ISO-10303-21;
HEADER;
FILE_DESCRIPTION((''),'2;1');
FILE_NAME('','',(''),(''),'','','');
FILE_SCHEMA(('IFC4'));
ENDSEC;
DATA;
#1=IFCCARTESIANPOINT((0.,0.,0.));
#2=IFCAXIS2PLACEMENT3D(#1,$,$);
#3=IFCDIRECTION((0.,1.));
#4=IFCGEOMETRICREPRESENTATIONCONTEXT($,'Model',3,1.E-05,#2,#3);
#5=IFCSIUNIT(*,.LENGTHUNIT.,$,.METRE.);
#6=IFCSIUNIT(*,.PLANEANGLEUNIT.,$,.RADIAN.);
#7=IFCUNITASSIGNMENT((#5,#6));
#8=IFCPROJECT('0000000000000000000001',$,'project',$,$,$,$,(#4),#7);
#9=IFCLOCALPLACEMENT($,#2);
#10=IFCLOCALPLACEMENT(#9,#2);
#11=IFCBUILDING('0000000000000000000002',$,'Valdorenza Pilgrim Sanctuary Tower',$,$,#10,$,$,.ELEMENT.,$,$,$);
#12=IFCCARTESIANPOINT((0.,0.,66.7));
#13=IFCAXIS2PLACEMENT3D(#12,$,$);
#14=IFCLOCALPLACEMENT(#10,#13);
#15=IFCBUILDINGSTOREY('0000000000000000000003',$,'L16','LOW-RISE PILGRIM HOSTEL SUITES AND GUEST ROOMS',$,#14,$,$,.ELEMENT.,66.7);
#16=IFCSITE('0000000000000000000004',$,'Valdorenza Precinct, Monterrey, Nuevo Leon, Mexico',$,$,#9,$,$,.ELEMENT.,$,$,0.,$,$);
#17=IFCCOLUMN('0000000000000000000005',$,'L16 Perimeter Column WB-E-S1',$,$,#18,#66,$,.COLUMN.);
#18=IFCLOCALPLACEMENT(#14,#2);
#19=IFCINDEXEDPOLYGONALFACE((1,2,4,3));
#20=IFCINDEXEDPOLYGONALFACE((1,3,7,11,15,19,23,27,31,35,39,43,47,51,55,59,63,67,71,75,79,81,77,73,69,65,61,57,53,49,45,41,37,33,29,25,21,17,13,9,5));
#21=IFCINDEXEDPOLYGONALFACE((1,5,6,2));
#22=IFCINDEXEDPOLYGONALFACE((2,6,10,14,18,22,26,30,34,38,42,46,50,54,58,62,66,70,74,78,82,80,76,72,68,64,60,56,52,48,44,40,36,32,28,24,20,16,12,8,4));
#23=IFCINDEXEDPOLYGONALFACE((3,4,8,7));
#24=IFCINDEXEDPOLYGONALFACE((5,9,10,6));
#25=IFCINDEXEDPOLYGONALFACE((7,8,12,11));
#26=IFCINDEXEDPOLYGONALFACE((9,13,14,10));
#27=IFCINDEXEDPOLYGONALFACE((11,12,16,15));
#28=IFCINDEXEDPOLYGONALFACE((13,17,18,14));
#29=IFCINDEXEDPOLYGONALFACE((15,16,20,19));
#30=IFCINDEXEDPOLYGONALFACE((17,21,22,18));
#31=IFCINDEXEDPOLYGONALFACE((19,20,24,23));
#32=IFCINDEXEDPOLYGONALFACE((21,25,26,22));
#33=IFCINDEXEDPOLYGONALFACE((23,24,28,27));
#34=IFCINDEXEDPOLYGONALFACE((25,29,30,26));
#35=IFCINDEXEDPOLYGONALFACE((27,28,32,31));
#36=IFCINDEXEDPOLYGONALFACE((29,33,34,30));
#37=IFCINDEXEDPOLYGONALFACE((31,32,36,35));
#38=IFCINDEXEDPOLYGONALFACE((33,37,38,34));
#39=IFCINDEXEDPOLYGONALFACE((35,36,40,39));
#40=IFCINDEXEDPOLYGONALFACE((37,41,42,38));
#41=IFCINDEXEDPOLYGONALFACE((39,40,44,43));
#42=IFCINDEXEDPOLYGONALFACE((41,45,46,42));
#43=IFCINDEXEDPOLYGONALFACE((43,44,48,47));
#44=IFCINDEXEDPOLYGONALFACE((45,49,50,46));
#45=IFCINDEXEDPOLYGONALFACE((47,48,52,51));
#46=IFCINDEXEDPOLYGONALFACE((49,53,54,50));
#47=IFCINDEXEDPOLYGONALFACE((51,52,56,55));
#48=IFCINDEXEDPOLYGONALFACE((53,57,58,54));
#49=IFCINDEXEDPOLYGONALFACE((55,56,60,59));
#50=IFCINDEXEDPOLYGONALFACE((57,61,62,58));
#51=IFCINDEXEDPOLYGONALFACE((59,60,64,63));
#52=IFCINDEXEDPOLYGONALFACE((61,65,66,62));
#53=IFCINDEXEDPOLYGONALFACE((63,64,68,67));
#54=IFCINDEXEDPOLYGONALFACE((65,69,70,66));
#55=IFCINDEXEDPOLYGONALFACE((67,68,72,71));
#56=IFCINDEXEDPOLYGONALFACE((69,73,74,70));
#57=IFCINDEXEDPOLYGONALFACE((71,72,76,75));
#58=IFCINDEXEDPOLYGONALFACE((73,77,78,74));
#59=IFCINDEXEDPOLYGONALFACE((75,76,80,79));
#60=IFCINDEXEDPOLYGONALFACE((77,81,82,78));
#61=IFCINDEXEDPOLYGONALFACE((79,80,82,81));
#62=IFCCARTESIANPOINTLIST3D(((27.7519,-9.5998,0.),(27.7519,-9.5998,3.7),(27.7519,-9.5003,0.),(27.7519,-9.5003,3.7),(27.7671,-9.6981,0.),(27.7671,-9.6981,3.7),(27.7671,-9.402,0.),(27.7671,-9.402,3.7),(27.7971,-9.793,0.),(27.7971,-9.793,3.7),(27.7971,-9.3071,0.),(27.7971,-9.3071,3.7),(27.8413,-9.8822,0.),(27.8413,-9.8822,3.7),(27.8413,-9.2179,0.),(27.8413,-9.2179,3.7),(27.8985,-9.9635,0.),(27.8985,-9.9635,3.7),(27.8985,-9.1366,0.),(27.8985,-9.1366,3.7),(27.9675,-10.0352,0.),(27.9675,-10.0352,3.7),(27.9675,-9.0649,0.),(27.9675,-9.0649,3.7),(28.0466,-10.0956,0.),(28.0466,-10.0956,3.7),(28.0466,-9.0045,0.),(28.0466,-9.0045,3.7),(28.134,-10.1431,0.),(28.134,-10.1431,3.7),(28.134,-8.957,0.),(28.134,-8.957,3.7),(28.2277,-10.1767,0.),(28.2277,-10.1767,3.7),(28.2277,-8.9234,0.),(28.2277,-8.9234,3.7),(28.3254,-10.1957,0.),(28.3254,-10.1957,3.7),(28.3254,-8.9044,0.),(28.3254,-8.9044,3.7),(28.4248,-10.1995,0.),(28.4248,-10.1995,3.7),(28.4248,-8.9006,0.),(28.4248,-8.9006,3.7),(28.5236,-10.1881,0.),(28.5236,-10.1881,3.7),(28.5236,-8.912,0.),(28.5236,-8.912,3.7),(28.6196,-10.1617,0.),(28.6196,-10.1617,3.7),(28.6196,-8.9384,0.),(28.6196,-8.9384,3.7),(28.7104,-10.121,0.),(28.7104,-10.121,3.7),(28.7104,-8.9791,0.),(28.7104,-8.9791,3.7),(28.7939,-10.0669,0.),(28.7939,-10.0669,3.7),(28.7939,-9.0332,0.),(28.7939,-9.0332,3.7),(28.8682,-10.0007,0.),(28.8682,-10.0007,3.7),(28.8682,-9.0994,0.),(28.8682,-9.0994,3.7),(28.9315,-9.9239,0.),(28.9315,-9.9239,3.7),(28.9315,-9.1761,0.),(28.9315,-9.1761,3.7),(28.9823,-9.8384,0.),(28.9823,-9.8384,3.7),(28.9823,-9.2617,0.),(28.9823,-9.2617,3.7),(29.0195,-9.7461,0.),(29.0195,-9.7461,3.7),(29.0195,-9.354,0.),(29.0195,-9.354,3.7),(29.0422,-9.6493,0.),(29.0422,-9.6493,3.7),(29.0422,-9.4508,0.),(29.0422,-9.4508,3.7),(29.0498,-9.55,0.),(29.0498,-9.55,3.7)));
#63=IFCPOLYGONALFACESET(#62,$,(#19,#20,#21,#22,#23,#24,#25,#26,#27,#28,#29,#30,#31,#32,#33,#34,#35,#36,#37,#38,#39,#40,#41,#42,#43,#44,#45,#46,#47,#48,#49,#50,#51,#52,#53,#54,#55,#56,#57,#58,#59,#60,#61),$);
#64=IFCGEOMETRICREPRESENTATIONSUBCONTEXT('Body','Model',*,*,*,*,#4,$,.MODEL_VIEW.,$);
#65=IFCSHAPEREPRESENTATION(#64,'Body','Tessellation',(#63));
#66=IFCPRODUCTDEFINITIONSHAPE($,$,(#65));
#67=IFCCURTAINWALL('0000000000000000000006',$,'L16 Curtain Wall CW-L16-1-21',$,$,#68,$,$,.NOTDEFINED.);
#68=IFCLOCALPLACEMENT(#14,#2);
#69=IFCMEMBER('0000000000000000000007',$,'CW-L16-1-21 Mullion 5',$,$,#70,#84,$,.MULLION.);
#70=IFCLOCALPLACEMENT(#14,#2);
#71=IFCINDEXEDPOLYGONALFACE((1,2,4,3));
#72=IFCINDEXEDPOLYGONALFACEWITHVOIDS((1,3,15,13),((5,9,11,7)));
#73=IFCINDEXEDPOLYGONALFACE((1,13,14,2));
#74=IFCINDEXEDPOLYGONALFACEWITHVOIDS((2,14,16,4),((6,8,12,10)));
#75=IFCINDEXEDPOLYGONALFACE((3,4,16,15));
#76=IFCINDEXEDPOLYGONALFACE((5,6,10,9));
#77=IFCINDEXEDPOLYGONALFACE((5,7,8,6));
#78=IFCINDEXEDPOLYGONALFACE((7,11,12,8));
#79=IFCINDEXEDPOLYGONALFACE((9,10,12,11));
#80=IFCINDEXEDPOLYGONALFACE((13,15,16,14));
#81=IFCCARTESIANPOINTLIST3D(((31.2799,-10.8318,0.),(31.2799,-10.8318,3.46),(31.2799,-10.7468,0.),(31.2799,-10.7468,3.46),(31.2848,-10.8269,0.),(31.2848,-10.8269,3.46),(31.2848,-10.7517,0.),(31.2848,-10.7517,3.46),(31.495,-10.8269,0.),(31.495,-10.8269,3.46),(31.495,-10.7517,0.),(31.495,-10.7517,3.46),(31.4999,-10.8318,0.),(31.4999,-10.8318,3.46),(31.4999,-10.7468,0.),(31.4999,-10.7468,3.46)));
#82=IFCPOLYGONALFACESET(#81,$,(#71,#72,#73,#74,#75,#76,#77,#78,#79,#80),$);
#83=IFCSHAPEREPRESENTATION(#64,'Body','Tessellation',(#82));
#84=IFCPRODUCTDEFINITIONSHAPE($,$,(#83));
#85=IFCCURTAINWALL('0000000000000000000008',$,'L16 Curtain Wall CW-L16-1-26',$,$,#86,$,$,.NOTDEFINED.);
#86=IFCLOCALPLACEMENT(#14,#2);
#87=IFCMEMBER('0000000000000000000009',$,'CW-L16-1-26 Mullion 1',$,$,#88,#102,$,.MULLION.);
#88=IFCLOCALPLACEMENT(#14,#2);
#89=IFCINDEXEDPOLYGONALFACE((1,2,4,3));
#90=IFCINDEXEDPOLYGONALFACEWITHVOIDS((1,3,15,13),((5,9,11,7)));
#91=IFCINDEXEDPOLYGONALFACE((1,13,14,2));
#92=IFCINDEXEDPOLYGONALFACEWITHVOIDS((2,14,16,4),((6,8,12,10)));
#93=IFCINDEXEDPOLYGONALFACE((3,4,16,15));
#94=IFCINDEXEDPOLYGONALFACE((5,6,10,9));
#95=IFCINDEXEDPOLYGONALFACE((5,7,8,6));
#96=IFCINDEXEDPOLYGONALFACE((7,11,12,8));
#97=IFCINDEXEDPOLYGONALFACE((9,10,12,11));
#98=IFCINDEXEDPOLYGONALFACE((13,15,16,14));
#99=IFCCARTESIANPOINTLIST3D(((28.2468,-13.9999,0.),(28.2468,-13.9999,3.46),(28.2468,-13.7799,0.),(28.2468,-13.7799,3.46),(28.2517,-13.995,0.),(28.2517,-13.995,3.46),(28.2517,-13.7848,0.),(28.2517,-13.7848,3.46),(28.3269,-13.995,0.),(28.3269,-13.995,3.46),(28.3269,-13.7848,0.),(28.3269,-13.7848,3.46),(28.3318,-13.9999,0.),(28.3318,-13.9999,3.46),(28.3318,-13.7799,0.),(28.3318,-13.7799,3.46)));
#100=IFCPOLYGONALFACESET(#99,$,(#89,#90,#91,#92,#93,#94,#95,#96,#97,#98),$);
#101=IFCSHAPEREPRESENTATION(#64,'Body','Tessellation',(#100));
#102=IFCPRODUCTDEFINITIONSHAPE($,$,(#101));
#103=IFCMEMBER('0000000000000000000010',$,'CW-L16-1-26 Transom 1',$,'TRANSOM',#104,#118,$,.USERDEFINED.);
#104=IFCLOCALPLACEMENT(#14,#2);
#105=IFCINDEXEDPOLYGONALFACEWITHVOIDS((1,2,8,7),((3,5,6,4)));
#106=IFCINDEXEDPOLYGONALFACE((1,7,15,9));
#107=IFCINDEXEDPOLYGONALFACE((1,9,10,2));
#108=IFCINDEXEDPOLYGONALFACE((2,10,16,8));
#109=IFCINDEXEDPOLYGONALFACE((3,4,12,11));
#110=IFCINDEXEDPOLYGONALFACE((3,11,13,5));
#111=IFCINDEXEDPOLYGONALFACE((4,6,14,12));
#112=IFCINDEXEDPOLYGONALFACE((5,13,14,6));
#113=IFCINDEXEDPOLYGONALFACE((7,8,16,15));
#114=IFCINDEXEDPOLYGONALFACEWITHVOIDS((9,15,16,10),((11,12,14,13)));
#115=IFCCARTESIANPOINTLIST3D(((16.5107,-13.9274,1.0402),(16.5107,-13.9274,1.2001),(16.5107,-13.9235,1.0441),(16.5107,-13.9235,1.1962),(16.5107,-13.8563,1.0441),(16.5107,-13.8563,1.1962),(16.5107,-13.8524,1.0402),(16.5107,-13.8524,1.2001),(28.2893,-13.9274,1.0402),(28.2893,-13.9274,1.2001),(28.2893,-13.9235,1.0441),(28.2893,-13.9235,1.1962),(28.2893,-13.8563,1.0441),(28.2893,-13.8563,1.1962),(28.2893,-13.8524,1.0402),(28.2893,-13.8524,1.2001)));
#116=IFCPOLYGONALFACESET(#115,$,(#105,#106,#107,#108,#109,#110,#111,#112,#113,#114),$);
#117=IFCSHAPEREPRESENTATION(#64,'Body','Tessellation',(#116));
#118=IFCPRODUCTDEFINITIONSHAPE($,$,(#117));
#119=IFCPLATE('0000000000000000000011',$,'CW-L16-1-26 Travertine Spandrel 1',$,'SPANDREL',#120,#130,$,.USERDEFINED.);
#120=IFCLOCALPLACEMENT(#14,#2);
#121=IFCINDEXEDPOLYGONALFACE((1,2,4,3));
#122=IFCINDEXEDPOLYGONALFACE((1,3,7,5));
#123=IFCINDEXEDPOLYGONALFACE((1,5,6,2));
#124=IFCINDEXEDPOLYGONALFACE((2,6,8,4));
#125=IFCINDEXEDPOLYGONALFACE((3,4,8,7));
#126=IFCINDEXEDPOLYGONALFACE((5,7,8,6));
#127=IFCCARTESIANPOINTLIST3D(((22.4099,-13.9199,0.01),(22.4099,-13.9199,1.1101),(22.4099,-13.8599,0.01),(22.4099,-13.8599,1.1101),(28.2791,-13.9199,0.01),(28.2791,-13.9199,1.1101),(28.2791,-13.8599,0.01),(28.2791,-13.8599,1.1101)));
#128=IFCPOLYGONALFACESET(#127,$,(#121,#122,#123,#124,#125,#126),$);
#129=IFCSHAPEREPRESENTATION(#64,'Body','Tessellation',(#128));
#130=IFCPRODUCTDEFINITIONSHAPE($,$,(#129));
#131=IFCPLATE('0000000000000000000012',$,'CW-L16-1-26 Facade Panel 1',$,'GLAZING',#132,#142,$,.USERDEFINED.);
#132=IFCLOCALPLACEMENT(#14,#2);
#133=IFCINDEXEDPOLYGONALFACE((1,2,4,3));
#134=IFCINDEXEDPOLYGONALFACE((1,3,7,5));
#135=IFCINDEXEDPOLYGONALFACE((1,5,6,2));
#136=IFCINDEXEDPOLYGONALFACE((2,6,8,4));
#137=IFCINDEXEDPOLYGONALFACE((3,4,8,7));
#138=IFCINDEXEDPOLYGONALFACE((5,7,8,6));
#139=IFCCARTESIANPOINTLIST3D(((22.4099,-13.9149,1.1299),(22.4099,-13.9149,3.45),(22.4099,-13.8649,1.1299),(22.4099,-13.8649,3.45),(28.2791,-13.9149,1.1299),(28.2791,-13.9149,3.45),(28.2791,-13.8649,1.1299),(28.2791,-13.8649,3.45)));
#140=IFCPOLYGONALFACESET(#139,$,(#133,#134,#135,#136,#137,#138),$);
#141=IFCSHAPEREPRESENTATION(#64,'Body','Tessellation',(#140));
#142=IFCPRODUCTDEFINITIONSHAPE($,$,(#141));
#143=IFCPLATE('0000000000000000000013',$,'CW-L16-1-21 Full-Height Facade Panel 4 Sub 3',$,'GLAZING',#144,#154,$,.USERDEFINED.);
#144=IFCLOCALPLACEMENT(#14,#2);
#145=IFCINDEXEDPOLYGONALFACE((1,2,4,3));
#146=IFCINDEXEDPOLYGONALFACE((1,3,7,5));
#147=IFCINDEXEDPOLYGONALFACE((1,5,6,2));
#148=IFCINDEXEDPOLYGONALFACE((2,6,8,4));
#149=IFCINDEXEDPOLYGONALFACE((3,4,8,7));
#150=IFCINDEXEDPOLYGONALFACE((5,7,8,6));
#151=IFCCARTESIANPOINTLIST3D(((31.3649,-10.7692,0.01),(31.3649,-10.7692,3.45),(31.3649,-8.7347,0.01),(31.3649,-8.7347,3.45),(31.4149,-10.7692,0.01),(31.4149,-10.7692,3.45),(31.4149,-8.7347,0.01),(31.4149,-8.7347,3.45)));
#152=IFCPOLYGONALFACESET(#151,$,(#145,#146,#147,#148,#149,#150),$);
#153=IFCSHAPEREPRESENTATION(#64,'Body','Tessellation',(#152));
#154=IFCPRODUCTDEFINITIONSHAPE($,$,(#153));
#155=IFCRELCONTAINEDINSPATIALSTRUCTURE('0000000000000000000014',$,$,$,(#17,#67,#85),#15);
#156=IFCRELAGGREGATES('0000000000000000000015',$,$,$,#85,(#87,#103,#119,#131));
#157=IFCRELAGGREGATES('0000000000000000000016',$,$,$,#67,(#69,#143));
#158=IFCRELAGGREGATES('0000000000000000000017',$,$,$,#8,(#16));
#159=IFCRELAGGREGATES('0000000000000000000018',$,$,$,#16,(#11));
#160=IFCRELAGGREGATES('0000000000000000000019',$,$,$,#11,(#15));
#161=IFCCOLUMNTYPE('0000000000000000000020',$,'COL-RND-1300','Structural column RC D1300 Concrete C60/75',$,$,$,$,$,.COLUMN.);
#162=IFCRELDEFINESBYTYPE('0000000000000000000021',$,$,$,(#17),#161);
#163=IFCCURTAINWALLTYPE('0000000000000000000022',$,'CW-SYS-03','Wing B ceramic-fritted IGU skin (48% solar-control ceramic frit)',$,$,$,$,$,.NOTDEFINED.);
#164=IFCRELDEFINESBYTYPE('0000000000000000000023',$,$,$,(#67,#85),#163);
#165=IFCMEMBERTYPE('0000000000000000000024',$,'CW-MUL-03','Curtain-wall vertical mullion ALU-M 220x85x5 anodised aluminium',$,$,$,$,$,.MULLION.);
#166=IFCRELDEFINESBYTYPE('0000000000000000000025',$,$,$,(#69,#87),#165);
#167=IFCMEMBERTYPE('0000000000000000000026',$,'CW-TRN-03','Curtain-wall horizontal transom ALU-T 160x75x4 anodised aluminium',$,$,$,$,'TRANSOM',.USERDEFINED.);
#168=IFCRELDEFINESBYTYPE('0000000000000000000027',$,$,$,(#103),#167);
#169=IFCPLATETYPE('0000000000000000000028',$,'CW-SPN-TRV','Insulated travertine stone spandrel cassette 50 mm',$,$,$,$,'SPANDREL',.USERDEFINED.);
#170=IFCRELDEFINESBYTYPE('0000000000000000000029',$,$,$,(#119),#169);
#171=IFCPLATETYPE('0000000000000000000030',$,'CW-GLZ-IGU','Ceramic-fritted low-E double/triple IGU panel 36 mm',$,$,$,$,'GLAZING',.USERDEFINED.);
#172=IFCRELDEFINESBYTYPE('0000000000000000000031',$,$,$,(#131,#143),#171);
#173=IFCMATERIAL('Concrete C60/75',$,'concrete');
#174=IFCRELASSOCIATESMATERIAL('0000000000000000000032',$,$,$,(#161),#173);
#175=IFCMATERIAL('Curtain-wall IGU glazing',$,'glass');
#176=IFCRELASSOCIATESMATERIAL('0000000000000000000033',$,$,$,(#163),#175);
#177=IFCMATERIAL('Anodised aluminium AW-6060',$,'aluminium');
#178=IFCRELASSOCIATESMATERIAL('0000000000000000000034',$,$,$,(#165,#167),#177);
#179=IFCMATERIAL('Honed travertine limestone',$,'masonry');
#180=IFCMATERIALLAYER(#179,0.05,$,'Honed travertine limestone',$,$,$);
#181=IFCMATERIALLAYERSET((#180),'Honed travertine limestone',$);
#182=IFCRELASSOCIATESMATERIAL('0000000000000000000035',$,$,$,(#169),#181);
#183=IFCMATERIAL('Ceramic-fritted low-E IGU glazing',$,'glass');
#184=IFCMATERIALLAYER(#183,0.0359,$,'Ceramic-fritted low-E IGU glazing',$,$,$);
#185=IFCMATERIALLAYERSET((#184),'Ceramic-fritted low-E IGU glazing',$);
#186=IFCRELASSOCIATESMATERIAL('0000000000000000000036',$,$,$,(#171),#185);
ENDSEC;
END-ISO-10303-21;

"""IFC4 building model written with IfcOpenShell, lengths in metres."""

from ifc_helpers import new_model, si_unit, direction, frame, origin, origin_2d, place, context, subcontext, project, spatial, rectangle, hollow_rectangle, circle, extrude, source, transform, mapped, material, layer, layer_set, material_profile, profile_set, type_object, element, aggregate, save


model = new_model("IFC4")

# Units and contexts
model_context = context("Model", 3, precision=1e-05, world=origin(), true_north=direction((0.0, 1.0)))
body_context = subcontext(model_context, "Body", "Model", "MODEL_VIEW")
ifc_project = project(units=[si_unit("LENGTHUNIT", "METRE"), si_unit("PLANEANGLEUNIT", "RADIAN")], contexts=[model_context])

# Site, building, storey
site_placement = place(None, origin())
site = spatial("IfcSite", under=ifc_project, at=site_placement, Name="Valdorenza Precinct, Monterrey, Nuevo Leon, Mexico", CompositionType="ELEMENT", RefElevation=0.0)
building_placement = place(site_placement, origin())
building = spatial("IfcBuilding", under=site, at=building_placement, Name="Valdorenza Pilgrim Sanctuary Tower", CompositionType="ELEMENT")
storey_placement = place(building_placement, frame((0.0, 0.0, 66.7)))
storey = spatial("IfcBuildingStorey", under=building, at=storey_placement, Name="L16", Description="LOW-RISE PILGRIM HOSTEL SUITES AND GUEST ROOMS", CompositionType="ELEMENT", Elevation=66.7)

# Column
ifc_material_1 = material(Name="Concrete C60/75", Category="concrete")
ifc_material_profile_1 = material_profile(ifc_material_1, circle(Radius=0.6499, at=origin_2d()), Name="RC D1300")
ifc_profile_set_1 = profile_set([ifc_material_profile_1], Name="Concrete C60/75")
column_type = type_object("IfcColumnType", Name="COL-RND-1300", Description="Structural column RC D1300 Concrete C60/75", PredefinedType="COLUMN", material=ifc_profile_set_1)
shared_shape_1 = source(origin(), body_context, "Body", "SweptSolid", [
    extrude(circle(Radius=0.6499, at=origin_2d()), origin(), (0.0, 0.0, 1.0), 3.7),
])
column_placement = place(storey_placement, frame((28.3999, -9.55, 0.0), z_axis=(0.0, 0.0, 1.0), x_axis=(1.0, 0.0, 0.0)))
element("IfcColumn", 1, at=column_placement, inside=storey, type_object=column_type, Name="L16 Perimeter Column WB-E-S1", PredefinedType="COLUMN", context=body_context, shape_type="MappedRepresentation", body=[
    mapped(shared_shape_1, transform((0.0, 0.0, 0.0), x_axis=(1.0, 0.0, 0.0), y_axis=(0.0, 1.0, 0.0), z_axis=(0.0, 0.0, 1.0), scale=1.0)),
])

# Curtain wall, member
ifc_material_2 = material(Name="Curtain-wall IGU glazing", Category="glass")
curtain_wall_type = type_object("IfcCurtainWallType", Name="CW-SYS-03", Description="Wing B ceramic-fritted IGU skin (48% solar-control ceramic frit)", PredefinedType="NOTDEFINED", material=ifc_material_2)
curtain_wall_1_placement = place(storey_placement, origin())
curtain_wall_1 = element("IfcCurtainWall", 2, at=curtain_wall_1_placement, inside=storey, type_object=curtain_wall_type, Name="L16 Curtain Wall CW-L16-1-21", PredefinedType="NOTDEFINED")
ifc_material_3 = material(Name="Anodised aluminium AW-6060", Category="aluminium")
ifc_material_profile_2 = material_profile(ifc_material_3, hollow_rectangle(XDim=0.085, YDim=0.22, WallThickness=0.0049, at=origin_2d()), Name="ALU-M 220x85x5")
ifc_profile_set_2 = profile_set([ifc_material_profile_2], Name="Anodised aluminium AW-6060")
member_type_1 = type_object("IfcMemberType", Name="CW-MUL-03", Description="Curtain-wall vertical mullion ALU-M 220x85x5 anodised aluminium", PredefinedType="MULLION", material=ifc_profile_set_2)
shared_shape_2 = source(origin(), body_context, "Body", "SweptSolid", [
    extrude(hollow_rectangle(XDim=0.085, YDim=0.22, WallThickness=0.0049, at=origin_2d()), origin(), (0.0, 0.0, 1.0), 3.46),
])
member_1_placement = place(storey_placement, frame((31.3899, -10.7893, 0.0), z_axis=(0.0, 0.0, 1.0), x_axis=(0.0, -1.0, 0.0)))
member_1 = element("IfcMember", 3, at=member_1_placement, type_object=member_type_1, Name="CW-L16-1-21 Mullion 5", PredefinedType="MULLION", context=body_context, shape_type="MappedRepresentation", body=[
    mapped(shared_shape_2, transform((0.0, 0.0, 0.0), x_axis=(1.0, 0.0, 0.0), y_axis=(0.0, 1.0, 0.0), z_axis=(0.0, 0.0, 1.0), scale=1.0)),
])

# Curtain wall, members, plates
curtain_wall_2_placement = place(storey_placement, origin())
curtain_wall_2 = element("IfcCurtainWall", 4, at=curtain_wall_2_placement, inside=storey, type_object=curtain_wall_type, Name="L16 Curtain Wall CW-L16-1-26", PredefinedType="NOTDEFINED")
member_2_placement = place(storey_placement, frame((28.2893, -13.8899, 0.0), z_axis=(0.0, 0.0, 1.0), x_axis=(-1.0, 0.0, 0.0)))
member_2 = element("IfcMember", 5, at=member_2_placement, type_object=member_type_1, Name="CW-L16-1-26 Mullion 1", PredefinedType="MULLION", context=body_context, shape_type="MappedRepresentation", body=[
    mapped(shared_shape_2, transform((0.0, 0.0, 0.0), x_axis=(1.0, 0.0, 0.0), y_axis=(0.0, 1.0, 0.0), z_axis=(0.0, 0.0, 1.0), scale=1.0)),
])
ifc_material_profile_3 = material_profile(ifc_material_3, hollow_rectangle(XDim=0.075, YDim=0.1599, WallThickness=0.0039, at=origin_2d()), Name="ALU-T 160x75x4")
ifc_profile_set_3 = profile_set([ifc_material_profile_3], Name="Anodised aluminium AW-6060")
member_type_2 = type_object("IfcMemberType", Name="CW-TRN-03", Description="Curtain-wall horizontal transom ALU-T 160x75x4 anodised aluminium", ElementType="TRANSOM", PredefinedType="USERDEFINED", material=ifc_profile_set_3)
shared_shape_3 = source(origin(), body_context, "Body", "SweptSolid", [
    extrude(hollow_rectangle(XDim=0.075, YDim=0.1599, WallThickness=0.0039, at=origin_2d()), origin(), (0.0, 0.0, 1.0), 11.7786),
])
member_3_placement = place(storey_placement, frame((28.2893, -13.8899, 1.1201), z_axis=(-1.0, 0.0, 0.0), x_axis=(0.0, -1.0, 0.0)))
member_3 = element("IfcMember", 6, at=member_3_placement, type_object=member_type_2, Name="CW-L16-1-26 Transom 1", ObjectType="TRANSOM", PredefinedType="USERDEFINED", context=body_context, shape_type="MappedRepresentation", body=[
    mapped(shared_shape_3, transform((0.0, 0.0, 0.0), x_axis=(1.0, 0.0, 0.0), y_axis=(0.0, 1.0, 0.0), z_axis=(0.0, 0.0, 1.0), scale=1.0)),
])
ifc_material_4 = material(Name="Honed travertine limestone", Category="masonry")
ifc_layer_1 = layer(ifc_material_4, 0.05, Name="Honed travertine limestone")
ifc_layer_set_1 = layer_set([ifc_layer_1], Name="Honed travertine limestone")
plate_type_1 = type_object("IfcPlateType", Name="CW-SPN-TRV", Description="Insulated travertine stone spandrel cassette 50 mm", ElementType="SPANDREL", PredefinedType="USERDEFINED", material=ifc_layer_set_1)
shared_shape_4 = source(origin(), body_context, "Body", "SweptSolid", [
    extrude(rectangle(XDim=5.8691, YDim=0.0601, at=origin_2d()), origin(), (0.0, 0.0, 1.0), 1.1001),
])
plate_1_placement = place(storey_placement, frame((25.3445, -13.8899, 0.01), z_axis=(0.0, 0.0, 1.0), x_axis=(-1.0, 0.0, 0.0)))
plate_1 = element("IfcPlate", 7, at=plate_1_placement, type_object=plate_type_1, Name="CW-L16-1-26 Travertine Spandrel 1", ObjectType="SPANDREL", PredefinedType="USERDEFINED", context=body_context, shape_type="MappedRepresentation", body=[
    mapped(shared_shape_4, transform((0.0, 0.0, 0.0), x_axis=(1.0, 0.0, 0.0), y_axis=(0.0, 1.0, 0.0), z_axis=(0.0, 0.0, 1.0), scale=1.0)),
])
ifc_material_5 = material(Name="Ceramic-fritted low-E IGU glazing", Category="glass")
ifc_layer_2 = layer(ifc_material_5, 0.0359, Name="Ceramic-fritted low-E IGU glazing")
ifc_layer_set_2 = layer_set([ifc_layer_2], Name="Ceramic-fritted low-E IGU glazing")
plate_type_2 = type_object("IfcPlateType", Name="CW-GLZ-IGU", Description="Ceramic-fritted low-E double/triple IGU panel 36 mm", ElementType="GLAZING", PredefinedType="USERDEFINED", material=ifc_layer_set_2)
shared_shape_5 = source(origin(), body_context, "Body", "SweptSolid", [
    extrude(rectangle(XDim=5.8691, YDim=0.05, at=origin_2d()), origin(), (0.0, 0.0, 1.0), 2.3201),
])
plate_2_placement = place(storey_placement, frame((25.3445, -13.8899, 1.1299), z_axis=(0.0, 0.0, 1.0), x_axis=(-1.0, 0.0, 0.0)))
plate_2 = element("IfcPlate", 8, at=plate_2_placement, type_object=plate_type_2, Name="CW-L16-1-26 Facade Panel 1", ObjectType="GLAZING", PredefinedType="USERDEFINED", context=body_context, shape_type="MappedRepresentation", body=[
    mapped(shared_shape_5, transform((0.0, 0.0, 0.0), x_axis=(1.0, 0.0, 0.0), y_axis=(0.0, 1.0, 0.0), z_axis=(0.0, 0.0, 1.0), scale=1.0)),
])
aggregate(curtain_wall_2, [member_2, member_3, plate_1, plate_2])

# Plate
shared_shape_6 = source(origin(), body_context, "Body", "SweptSolid", [
    extrude(rectangle(XDim=2.0344, YDim=0.05, at=origin_2d()), origin(), (0.0, 0.0, 1.0), 3.4399),
])
plate_3_placement = place(storey_placement, frame((31.3899, -9.752, 0.01), z_axis=(0.0, 0.0, 1.0), x_axis=(0.0, -1.0, 0.0)))
plate_3 = element("IfcPlate", 9, at=plate_3_placement, type_object=plate_type_2, Name="CW-L16-1-21 Full-Height Facade Panel 4 Sub 3", ObjectType="GLAZING", PredefinedType="USERDEFINED", context=body_context, shape_type="MappedRepresentation", body=[
    mapped(shared_shape_6, transform((0.0, 0.0, 0.0), x_axis=(1.0, 0.0, 0.0), y_axis=(0.0, 1.0, 0.0), z_axis=(0.0, 0.0, 1.0), scale=1.0)),
])
aggregate(curtain_wall_1, [member_1, plate_3])

save(model, "model.ifc")
